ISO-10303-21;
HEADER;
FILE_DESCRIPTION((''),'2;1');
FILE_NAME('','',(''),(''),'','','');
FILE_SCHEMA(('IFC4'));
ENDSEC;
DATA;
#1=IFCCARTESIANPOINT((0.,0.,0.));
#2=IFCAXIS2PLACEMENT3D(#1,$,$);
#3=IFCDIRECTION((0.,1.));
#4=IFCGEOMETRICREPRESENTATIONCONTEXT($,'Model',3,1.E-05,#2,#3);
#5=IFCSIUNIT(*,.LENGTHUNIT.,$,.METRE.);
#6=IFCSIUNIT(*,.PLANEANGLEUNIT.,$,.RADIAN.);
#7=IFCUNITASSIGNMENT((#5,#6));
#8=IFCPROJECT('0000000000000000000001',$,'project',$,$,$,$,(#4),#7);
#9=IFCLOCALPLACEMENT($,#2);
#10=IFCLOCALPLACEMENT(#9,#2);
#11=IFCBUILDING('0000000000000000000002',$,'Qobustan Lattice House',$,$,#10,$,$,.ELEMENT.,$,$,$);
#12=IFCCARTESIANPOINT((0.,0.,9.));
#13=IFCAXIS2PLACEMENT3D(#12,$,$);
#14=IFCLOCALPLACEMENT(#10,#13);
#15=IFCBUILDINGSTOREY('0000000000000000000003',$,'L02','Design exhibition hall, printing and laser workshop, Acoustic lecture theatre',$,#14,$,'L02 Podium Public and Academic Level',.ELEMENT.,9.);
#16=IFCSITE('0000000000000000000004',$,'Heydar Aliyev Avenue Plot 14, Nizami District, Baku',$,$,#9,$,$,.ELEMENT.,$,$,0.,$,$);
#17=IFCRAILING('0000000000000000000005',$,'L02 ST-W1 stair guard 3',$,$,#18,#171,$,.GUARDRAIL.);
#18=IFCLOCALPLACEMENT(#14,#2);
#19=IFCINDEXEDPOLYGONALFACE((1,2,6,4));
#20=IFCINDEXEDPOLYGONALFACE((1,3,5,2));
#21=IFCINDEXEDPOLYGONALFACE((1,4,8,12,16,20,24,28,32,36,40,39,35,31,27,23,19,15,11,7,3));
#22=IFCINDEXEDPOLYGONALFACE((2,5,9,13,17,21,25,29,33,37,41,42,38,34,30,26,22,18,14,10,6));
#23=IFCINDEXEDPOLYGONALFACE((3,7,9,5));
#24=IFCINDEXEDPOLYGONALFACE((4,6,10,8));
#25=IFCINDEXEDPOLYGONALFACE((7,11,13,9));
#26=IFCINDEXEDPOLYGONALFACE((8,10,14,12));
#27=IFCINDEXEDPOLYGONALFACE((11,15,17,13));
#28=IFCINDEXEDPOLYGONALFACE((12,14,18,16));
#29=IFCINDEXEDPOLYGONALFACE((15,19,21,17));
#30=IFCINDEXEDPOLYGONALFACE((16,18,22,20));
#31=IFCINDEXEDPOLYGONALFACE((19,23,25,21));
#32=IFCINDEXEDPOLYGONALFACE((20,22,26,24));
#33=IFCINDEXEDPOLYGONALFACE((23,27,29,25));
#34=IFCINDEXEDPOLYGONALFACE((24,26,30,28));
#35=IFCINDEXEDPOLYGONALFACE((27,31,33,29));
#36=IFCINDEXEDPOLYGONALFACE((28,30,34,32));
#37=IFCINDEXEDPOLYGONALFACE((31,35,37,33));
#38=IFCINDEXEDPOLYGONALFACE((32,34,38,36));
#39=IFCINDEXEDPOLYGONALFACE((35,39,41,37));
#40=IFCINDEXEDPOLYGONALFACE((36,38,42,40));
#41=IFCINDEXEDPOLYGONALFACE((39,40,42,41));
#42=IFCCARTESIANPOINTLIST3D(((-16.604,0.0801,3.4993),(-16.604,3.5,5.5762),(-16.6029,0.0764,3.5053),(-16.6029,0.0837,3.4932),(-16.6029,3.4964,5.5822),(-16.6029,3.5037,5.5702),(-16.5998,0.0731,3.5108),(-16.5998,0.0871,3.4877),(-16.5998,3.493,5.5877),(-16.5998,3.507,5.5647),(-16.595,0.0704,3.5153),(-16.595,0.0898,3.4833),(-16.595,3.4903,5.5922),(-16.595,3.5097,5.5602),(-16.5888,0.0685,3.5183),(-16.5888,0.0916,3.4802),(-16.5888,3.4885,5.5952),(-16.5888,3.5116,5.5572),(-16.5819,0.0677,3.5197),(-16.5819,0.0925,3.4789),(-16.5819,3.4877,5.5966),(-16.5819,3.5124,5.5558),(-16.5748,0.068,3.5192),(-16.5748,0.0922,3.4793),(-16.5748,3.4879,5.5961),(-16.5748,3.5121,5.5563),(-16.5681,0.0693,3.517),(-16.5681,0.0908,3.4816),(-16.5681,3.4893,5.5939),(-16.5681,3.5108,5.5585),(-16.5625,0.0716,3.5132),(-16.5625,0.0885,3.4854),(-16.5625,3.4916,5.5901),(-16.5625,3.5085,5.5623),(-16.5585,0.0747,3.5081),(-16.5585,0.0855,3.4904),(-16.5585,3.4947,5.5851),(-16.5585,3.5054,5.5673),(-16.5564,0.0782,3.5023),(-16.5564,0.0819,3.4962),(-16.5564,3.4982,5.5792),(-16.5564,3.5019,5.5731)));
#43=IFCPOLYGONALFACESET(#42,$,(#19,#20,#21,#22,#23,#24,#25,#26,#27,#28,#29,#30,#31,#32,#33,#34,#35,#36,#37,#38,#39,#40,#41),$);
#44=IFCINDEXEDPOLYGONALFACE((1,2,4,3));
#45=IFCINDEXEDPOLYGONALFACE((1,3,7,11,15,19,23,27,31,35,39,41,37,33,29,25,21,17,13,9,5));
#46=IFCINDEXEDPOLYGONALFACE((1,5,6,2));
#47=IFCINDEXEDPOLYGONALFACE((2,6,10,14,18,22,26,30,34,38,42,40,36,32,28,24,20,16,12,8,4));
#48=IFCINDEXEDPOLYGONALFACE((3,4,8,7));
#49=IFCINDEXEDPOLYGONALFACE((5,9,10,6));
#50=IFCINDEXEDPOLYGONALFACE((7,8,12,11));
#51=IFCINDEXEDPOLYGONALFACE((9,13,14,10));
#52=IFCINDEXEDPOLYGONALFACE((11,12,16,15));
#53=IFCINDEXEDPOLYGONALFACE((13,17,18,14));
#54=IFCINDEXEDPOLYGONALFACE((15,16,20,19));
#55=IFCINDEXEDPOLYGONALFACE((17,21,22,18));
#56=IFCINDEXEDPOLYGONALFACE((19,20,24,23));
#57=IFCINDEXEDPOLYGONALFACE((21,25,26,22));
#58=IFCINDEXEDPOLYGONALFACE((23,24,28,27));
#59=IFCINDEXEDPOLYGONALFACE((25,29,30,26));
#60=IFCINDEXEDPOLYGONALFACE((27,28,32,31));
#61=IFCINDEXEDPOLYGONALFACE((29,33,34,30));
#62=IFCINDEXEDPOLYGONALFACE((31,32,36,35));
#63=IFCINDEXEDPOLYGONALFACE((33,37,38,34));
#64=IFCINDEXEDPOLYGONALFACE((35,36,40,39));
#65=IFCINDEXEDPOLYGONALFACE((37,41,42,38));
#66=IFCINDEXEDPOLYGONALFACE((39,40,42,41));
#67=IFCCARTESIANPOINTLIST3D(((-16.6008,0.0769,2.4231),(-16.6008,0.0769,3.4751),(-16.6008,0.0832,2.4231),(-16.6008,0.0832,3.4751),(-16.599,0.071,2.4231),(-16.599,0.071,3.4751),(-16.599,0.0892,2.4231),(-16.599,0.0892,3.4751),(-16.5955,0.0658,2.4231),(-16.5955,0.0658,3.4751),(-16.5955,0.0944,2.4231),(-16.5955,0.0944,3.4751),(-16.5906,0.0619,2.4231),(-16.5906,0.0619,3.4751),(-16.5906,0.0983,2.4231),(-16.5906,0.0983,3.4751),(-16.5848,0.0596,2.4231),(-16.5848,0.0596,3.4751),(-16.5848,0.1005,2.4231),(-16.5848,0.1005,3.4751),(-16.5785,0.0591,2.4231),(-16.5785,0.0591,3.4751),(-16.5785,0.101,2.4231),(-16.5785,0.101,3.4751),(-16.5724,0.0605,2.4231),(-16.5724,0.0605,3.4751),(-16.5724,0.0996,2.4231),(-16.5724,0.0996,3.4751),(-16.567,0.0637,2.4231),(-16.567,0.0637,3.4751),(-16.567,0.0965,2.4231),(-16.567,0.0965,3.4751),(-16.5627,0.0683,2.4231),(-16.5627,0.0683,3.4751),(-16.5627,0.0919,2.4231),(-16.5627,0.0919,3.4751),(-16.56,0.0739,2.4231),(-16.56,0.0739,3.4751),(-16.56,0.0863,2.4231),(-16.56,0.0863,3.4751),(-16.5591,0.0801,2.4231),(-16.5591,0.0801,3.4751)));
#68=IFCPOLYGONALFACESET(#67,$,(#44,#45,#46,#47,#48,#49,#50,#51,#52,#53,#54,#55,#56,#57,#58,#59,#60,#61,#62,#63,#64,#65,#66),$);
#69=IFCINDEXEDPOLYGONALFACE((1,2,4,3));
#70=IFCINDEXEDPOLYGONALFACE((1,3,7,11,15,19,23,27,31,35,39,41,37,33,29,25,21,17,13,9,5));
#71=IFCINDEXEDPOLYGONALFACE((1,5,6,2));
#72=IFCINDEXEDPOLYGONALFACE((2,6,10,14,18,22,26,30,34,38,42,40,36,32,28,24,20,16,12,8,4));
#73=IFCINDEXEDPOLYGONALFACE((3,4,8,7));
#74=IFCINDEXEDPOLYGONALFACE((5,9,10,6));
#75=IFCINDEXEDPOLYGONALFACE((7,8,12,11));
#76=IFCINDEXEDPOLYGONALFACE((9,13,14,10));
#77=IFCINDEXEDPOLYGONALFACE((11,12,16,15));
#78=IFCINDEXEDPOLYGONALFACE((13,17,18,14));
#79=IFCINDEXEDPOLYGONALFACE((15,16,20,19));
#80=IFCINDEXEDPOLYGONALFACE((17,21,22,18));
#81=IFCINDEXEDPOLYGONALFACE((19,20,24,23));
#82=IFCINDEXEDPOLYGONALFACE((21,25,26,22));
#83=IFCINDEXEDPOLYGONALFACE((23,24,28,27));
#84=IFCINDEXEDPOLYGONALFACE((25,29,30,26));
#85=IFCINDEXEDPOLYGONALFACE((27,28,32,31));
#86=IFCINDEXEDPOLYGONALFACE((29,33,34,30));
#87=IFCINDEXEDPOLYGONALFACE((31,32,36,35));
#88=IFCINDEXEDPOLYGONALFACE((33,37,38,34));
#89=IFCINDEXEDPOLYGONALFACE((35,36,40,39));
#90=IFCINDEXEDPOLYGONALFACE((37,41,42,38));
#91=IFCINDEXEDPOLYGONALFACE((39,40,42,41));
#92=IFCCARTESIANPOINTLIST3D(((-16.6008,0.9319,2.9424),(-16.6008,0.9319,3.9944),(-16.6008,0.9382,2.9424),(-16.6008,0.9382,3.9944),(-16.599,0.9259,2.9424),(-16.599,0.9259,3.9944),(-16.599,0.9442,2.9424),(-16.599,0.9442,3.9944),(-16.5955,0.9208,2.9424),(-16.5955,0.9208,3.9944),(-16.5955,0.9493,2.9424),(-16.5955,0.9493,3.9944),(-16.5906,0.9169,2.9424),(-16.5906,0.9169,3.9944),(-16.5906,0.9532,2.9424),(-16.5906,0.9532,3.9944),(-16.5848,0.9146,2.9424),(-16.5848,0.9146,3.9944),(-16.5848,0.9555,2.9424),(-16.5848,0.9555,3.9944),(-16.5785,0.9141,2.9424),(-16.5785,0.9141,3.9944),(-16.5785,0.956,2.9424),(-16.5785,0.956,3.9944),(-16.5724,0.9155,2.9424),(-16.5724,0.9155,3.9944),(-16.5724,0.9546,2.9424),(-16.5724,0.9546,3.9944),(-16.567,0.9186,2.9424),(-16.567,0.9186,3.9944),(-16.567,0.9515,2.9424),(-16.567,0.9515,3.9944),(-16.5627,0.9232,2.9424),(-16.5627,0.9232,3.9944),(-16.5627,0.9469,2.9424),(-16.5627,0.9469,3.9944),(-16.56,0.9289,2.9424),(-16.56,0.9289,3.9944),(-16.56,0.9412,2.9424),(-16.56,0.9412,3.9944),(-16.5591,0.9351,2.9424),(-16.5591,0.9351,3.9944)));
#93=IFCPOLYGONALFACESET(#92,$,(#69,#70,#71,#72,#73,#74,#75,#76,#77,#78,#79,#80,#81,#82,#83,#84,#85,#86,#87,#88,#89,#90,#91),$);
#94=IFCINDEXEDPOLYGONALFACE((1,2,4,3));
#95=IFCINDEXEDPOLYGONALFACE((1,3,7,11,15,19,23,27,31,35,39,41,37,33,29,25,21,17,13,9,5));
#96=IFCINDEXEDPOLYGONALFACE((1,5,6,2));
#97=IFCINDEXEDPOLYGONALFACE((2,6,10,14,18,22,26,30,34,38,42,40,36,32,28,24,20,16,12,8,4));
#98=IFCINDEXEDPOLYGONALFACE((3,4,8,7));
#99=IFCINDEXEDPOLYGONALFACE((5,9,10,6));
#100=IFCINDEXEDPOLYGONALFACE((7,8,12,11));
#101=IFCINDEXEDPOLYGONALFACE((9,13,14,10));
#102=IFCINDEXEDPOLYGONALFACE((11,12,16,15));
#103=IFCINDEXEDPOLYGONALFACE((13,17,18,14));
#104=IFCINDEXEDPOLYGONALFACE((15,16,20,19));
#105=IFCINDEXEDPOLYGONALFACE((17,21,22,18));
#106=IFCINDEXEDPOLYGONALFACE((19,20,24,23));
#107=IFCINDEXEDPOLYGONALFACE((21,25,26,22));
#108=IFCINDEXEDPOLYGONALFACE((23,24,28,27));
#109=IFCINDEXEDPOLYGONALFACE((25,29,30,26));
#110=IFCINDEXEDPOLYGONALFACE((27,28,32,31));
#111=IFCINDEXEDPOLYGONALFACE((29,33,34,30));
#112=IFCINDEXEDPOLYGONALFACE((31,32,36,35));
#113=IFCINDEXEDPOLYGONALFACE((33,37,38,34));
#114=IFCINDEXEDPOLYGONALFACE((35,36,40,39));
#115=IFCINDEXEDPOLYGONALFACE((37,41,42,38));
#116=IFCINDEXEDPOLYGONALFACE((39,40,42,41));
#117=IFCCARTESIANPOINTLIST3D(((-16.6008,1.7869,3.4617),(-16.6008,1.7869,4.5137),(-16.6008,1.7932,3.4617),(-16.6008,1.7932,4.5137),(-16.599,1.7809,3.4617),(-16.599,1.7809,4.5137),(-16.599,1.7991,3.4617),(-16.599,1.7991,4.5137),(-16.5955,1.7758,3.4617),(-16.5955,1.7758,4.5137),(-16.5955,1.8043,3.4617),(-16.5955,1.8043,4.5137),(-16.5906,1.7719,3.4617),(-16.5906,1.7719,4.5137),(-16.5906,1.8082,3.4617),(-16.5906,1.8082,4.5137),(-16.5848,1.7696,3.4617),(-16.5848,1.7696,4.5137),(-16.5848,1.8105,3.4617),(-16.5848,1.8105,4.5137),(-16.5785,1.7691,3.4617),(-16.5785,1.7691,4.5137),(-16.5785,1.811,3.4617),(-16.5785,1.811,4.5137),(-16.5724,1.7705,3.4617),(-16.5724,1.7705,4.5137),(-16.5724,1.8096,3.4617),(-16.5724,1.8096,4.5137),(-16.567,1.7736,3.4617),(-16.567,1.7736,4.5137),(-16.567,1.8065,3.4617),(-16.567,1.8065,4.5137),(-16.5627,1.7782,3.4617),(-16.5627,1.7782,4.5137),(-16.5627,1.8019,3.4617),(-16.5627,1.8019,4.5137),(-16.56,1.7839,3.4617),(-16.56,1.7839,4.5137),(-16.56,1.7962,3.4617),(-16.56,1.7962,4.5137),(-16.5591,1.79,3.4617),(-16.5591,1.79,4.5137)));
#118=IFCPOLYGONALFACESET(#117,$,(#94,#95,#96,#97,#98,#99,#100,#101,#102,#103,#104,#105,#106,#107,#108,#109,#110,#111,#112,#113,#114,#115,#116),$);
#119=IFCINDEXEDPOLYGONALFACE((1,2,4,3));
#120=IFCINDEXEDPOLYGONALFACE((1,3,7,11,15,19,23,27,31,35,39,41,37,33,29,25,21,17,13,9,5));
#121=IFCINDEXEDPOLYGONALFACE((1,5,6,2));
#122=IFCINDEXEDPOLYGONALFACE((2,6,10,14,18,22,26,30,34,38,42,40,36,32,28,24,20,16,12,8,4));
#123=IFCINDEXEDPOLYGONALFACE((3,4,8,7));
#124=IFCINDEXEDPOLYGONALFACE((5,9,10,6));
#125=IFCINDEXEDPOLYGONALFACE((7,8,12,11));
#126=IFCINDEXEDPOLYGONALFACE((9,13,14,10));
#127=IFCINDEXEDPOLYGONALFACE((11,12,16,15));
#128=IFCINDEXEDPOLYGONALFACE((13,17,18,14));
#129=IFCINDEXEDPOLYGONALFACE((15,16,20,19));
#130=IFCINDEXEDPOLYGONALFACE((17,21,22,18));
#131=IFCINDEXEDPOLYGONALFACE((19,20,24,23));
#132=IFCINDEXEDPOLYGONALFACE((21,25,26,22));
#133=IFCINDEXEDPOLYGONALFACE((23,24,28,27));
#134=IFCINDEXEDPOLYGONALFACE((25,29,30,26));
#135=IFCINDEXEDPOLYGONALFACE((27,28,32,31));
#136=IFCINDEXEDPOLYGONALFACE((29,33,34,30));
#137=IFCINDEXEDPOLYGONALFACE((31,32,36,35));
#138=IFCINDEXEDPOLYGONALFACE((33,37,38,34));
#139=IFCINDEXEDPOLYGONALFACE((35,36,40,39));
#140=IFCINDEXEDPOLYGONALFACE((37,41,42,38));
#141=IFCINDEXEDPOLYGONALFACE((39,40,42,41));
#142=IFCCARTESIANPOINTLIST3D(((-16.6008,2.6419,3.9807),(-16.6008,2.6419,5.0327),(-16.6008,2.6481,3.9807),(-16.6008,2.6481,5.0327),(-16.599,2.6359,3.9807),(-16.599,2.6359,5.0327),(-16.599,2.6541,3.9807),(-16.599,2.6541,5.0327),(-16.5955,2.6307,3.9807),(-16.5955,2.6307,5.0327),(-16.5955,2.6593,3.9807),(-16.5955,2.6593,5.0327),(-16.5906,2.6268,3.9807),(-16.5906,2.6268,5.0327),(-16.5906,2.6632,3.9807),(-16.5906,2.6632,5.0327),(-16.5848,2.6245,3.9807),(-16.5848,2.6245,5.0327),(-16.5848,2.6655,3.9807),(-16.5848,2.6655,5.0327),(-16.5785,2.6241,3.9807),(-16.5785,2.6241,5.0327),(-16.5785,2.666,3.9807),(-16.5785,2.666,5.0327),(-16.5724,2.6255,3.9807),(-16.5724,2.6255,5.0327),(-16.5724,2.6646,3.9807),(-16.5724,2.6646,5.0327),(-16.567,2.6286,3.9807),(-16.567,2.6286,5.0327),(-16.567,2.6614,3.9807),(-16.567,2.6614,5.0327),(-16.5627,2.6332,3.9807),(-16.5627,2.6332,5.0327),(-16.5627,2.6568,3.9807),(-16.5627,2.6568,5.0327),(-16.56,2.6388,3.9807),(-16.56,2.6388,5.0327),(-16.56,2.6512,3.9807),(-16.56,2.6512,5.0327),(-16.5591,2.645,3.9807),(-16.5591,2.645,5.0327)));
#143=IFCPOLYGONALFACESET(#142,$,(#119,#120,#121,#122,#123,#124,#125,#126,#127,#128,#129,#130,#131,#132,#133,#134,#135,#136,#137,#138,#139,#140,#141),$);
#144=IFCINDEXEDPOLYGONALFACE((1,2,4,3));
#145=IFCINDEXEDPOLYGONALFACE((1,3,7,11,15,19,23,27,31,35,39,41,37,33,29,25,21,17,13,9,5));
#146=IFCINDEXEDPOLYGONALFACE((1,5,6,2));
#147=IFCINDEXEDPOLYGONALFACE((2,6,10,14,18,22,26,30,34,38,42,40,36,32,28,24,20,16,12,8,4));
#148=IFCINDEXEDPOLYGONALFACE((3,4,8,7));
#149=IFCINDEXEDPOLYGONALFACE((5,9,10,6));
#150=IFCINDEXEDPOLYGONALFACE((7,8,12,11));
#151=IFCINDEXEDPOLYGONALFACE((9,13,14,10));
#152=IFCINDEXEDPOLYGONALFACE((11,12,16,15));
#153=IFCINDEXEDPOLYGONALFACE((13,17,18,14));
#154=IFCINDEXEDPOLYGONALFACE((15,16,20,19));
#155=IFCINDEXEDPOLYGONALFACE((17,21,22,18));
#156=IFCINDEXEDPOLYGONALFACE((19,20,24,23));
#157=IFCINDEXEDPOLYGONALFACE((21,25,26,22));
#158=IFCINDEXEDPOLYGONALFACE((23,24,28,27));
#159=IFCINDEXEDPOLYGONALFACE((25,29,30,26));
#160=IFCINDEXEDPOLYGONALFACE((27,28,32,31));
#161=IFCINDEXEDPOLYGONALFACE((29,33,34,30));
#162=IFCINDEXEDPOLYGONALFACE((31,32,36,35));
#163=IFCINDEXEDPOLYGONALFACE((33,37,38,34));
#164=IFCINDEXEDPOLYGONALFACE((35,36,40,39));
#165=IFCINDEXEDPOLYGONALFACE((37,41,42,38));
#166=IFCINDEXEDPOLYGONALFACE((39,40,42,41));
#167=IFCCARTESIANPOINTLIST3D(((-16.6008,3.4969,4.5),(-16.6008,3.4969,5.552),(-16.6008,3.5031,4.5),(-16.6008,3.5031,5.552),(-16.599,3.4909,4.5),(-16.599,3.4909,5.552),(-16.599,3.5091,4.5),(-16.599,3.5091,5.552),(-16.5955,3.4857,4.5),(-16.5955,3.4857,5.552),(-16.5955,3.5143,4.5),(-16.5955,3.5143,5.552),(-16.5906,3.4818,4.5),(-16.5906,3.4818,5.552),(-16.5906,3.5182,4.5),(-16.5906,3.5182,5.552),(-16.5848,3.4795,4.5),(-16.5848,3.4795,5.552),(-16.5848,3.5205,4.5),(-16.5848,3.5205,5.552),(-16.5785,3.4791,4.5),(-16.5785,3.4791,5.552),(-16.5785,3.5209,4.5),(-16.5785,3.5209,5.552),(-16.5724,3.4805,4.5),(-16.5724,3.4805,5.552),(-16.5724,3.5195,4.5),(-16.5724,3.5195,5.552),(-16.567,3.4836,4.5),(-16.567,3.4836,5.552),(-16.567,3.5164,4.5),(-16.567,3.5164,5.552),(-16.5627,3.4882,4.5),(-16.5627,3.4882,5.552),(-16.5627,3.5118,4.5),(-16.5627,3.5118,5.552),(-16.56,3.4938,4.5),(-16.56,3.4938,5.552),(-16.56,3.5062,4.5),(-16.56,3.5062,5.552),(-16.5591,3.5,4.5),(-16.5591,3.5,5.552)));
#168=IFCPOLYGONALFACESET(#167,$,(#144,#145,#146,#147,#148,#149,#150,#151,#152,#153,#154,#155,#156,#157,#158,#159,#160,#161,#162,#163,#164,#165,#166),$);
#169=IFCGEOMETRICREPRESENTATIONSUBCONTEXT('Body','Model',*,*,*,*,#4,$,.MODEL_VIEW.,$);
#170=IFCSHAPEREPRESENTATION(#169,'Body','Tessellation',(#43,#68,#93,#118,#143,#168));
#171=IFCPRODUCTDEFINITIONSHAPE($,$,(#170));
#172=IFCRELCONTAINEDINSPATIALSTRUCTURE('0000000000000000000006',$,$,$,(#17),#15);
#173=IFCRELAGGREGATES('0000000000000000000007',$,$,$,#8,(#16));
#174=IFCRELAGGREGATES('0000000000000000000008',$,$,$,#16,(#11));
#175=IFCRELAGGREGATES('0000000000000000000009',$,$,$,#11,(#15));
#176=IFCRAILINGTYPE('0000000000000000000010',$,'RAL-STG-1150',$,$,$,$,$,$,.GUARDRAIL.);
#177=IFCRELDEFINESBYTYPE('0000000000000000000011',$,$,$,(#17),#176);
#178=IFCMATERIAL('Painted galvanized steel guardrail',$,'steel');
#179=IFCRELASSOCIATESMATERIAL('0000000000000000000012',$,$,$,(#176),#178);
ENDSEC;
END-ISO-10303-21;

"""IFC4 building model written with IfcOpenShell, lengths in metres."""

from ifc_helpers import new_model, si_unit, direction, frame, origin, origin_2d, place, context, subcontext, project, spatial, circle, extrude, material, type_object, element, save


model = new_model("IFC4")

# Units and contexts
model_context = context("Model", 3, precision=1e-05, world=origin(), true_north=direction((0.0, 1.0)))
body_context = subcontext(model_context, "Body", "Model", "MODEL_VIEW")
ifc_project = project(units=[si_unit("LENGTHUNIT", "METRE"), si_unit("PLANEANGLEUNIT", "RADIAN")], contexts=[model_context])

# Site, building, storey
site_placement = place(None, origin())
site = spatial("IfcSite", under=ifc_project, at=site_placement, Name="Heydar Aliyev Avenue Plot 14, Nizami District, Baku", CompositionType="ELEMENT", RefElevation=0.0)
building_placement = place(site_placement, origin())
building = spatial("IfcBuilding", under=site, at=building_placement, Name="Qobustan Lattice House", CompositionType="ELEMENT")
storey_placement = place(building_placement, frame((0.0, 0.0, 9.0)))
storey = spatial("IfcBuildingStorey", under=building, at=storey_placement, Name="L02", Description="Design exhibition hall, printing and laser workshop, Acoustic lecture theatre", LongName="L02 Podium Public and Academic Level", CompositionType="ELEMENT", Elevation=9.0)

# Railing
ifc_material_1 = material(Name="Painted galvanized steel guardrail", Category="steel")
railing_type_1 = type_object("IfcRailingType", Name="RAL-STG-1150", PredefinedType="GUARDRAIL", material=ifc_material_1)
railing_1_placement = place(storey_placement, frame((-16.5801, 0.0801, 2.4231)))
element("IfcRailing", 1, at=railing_1_placement, inside=storey, type_object=railing_type_1, Name="L02 ST-W1 stair guard 3", PredefinedType="GUARDRAIL", context=body_context, shape_type="SweptSolid", body=[
    extrude(circle(Radius=0.0239, at=origin_2d()), frame((0.0, 0.0, 1.0762), z_axis=(0.0, 0.85473, 0.519074), x_axis=(-1.0, 0.0, 0.0)), (0.0, 0.0, 1.0), 4.0012),
    extrude(circle(Radius=0.021, at=origin_2d()), origin(), (0.0, 0.0, 1.0), 1.052),
    extrude(circle(Radius=0.021, at=origin_2d()), frame((0.0, 0.855, 0.5193)), (0.0, 0.0, 1.0), 1.052),
    extrude(circle(Radius=0.021, at=origin_2d()), frame((0.0, 1.71, 1.0386)), (0.0, 0.0, 1.0), 1.052),
    extrude(circle(Radius=0.021, at=origin_2d()), frame((0.0, 2.5649, 1.5576)), (0.0, 0.0, 1.0), 1.052),
    extrude(circle(Radius=0.021, at=origin_2d()), frame((0.0, 3.4199, 2.0769)), (0.0, 0.0, 1.0), 1.052),
])

save(model, "model.ifc")
